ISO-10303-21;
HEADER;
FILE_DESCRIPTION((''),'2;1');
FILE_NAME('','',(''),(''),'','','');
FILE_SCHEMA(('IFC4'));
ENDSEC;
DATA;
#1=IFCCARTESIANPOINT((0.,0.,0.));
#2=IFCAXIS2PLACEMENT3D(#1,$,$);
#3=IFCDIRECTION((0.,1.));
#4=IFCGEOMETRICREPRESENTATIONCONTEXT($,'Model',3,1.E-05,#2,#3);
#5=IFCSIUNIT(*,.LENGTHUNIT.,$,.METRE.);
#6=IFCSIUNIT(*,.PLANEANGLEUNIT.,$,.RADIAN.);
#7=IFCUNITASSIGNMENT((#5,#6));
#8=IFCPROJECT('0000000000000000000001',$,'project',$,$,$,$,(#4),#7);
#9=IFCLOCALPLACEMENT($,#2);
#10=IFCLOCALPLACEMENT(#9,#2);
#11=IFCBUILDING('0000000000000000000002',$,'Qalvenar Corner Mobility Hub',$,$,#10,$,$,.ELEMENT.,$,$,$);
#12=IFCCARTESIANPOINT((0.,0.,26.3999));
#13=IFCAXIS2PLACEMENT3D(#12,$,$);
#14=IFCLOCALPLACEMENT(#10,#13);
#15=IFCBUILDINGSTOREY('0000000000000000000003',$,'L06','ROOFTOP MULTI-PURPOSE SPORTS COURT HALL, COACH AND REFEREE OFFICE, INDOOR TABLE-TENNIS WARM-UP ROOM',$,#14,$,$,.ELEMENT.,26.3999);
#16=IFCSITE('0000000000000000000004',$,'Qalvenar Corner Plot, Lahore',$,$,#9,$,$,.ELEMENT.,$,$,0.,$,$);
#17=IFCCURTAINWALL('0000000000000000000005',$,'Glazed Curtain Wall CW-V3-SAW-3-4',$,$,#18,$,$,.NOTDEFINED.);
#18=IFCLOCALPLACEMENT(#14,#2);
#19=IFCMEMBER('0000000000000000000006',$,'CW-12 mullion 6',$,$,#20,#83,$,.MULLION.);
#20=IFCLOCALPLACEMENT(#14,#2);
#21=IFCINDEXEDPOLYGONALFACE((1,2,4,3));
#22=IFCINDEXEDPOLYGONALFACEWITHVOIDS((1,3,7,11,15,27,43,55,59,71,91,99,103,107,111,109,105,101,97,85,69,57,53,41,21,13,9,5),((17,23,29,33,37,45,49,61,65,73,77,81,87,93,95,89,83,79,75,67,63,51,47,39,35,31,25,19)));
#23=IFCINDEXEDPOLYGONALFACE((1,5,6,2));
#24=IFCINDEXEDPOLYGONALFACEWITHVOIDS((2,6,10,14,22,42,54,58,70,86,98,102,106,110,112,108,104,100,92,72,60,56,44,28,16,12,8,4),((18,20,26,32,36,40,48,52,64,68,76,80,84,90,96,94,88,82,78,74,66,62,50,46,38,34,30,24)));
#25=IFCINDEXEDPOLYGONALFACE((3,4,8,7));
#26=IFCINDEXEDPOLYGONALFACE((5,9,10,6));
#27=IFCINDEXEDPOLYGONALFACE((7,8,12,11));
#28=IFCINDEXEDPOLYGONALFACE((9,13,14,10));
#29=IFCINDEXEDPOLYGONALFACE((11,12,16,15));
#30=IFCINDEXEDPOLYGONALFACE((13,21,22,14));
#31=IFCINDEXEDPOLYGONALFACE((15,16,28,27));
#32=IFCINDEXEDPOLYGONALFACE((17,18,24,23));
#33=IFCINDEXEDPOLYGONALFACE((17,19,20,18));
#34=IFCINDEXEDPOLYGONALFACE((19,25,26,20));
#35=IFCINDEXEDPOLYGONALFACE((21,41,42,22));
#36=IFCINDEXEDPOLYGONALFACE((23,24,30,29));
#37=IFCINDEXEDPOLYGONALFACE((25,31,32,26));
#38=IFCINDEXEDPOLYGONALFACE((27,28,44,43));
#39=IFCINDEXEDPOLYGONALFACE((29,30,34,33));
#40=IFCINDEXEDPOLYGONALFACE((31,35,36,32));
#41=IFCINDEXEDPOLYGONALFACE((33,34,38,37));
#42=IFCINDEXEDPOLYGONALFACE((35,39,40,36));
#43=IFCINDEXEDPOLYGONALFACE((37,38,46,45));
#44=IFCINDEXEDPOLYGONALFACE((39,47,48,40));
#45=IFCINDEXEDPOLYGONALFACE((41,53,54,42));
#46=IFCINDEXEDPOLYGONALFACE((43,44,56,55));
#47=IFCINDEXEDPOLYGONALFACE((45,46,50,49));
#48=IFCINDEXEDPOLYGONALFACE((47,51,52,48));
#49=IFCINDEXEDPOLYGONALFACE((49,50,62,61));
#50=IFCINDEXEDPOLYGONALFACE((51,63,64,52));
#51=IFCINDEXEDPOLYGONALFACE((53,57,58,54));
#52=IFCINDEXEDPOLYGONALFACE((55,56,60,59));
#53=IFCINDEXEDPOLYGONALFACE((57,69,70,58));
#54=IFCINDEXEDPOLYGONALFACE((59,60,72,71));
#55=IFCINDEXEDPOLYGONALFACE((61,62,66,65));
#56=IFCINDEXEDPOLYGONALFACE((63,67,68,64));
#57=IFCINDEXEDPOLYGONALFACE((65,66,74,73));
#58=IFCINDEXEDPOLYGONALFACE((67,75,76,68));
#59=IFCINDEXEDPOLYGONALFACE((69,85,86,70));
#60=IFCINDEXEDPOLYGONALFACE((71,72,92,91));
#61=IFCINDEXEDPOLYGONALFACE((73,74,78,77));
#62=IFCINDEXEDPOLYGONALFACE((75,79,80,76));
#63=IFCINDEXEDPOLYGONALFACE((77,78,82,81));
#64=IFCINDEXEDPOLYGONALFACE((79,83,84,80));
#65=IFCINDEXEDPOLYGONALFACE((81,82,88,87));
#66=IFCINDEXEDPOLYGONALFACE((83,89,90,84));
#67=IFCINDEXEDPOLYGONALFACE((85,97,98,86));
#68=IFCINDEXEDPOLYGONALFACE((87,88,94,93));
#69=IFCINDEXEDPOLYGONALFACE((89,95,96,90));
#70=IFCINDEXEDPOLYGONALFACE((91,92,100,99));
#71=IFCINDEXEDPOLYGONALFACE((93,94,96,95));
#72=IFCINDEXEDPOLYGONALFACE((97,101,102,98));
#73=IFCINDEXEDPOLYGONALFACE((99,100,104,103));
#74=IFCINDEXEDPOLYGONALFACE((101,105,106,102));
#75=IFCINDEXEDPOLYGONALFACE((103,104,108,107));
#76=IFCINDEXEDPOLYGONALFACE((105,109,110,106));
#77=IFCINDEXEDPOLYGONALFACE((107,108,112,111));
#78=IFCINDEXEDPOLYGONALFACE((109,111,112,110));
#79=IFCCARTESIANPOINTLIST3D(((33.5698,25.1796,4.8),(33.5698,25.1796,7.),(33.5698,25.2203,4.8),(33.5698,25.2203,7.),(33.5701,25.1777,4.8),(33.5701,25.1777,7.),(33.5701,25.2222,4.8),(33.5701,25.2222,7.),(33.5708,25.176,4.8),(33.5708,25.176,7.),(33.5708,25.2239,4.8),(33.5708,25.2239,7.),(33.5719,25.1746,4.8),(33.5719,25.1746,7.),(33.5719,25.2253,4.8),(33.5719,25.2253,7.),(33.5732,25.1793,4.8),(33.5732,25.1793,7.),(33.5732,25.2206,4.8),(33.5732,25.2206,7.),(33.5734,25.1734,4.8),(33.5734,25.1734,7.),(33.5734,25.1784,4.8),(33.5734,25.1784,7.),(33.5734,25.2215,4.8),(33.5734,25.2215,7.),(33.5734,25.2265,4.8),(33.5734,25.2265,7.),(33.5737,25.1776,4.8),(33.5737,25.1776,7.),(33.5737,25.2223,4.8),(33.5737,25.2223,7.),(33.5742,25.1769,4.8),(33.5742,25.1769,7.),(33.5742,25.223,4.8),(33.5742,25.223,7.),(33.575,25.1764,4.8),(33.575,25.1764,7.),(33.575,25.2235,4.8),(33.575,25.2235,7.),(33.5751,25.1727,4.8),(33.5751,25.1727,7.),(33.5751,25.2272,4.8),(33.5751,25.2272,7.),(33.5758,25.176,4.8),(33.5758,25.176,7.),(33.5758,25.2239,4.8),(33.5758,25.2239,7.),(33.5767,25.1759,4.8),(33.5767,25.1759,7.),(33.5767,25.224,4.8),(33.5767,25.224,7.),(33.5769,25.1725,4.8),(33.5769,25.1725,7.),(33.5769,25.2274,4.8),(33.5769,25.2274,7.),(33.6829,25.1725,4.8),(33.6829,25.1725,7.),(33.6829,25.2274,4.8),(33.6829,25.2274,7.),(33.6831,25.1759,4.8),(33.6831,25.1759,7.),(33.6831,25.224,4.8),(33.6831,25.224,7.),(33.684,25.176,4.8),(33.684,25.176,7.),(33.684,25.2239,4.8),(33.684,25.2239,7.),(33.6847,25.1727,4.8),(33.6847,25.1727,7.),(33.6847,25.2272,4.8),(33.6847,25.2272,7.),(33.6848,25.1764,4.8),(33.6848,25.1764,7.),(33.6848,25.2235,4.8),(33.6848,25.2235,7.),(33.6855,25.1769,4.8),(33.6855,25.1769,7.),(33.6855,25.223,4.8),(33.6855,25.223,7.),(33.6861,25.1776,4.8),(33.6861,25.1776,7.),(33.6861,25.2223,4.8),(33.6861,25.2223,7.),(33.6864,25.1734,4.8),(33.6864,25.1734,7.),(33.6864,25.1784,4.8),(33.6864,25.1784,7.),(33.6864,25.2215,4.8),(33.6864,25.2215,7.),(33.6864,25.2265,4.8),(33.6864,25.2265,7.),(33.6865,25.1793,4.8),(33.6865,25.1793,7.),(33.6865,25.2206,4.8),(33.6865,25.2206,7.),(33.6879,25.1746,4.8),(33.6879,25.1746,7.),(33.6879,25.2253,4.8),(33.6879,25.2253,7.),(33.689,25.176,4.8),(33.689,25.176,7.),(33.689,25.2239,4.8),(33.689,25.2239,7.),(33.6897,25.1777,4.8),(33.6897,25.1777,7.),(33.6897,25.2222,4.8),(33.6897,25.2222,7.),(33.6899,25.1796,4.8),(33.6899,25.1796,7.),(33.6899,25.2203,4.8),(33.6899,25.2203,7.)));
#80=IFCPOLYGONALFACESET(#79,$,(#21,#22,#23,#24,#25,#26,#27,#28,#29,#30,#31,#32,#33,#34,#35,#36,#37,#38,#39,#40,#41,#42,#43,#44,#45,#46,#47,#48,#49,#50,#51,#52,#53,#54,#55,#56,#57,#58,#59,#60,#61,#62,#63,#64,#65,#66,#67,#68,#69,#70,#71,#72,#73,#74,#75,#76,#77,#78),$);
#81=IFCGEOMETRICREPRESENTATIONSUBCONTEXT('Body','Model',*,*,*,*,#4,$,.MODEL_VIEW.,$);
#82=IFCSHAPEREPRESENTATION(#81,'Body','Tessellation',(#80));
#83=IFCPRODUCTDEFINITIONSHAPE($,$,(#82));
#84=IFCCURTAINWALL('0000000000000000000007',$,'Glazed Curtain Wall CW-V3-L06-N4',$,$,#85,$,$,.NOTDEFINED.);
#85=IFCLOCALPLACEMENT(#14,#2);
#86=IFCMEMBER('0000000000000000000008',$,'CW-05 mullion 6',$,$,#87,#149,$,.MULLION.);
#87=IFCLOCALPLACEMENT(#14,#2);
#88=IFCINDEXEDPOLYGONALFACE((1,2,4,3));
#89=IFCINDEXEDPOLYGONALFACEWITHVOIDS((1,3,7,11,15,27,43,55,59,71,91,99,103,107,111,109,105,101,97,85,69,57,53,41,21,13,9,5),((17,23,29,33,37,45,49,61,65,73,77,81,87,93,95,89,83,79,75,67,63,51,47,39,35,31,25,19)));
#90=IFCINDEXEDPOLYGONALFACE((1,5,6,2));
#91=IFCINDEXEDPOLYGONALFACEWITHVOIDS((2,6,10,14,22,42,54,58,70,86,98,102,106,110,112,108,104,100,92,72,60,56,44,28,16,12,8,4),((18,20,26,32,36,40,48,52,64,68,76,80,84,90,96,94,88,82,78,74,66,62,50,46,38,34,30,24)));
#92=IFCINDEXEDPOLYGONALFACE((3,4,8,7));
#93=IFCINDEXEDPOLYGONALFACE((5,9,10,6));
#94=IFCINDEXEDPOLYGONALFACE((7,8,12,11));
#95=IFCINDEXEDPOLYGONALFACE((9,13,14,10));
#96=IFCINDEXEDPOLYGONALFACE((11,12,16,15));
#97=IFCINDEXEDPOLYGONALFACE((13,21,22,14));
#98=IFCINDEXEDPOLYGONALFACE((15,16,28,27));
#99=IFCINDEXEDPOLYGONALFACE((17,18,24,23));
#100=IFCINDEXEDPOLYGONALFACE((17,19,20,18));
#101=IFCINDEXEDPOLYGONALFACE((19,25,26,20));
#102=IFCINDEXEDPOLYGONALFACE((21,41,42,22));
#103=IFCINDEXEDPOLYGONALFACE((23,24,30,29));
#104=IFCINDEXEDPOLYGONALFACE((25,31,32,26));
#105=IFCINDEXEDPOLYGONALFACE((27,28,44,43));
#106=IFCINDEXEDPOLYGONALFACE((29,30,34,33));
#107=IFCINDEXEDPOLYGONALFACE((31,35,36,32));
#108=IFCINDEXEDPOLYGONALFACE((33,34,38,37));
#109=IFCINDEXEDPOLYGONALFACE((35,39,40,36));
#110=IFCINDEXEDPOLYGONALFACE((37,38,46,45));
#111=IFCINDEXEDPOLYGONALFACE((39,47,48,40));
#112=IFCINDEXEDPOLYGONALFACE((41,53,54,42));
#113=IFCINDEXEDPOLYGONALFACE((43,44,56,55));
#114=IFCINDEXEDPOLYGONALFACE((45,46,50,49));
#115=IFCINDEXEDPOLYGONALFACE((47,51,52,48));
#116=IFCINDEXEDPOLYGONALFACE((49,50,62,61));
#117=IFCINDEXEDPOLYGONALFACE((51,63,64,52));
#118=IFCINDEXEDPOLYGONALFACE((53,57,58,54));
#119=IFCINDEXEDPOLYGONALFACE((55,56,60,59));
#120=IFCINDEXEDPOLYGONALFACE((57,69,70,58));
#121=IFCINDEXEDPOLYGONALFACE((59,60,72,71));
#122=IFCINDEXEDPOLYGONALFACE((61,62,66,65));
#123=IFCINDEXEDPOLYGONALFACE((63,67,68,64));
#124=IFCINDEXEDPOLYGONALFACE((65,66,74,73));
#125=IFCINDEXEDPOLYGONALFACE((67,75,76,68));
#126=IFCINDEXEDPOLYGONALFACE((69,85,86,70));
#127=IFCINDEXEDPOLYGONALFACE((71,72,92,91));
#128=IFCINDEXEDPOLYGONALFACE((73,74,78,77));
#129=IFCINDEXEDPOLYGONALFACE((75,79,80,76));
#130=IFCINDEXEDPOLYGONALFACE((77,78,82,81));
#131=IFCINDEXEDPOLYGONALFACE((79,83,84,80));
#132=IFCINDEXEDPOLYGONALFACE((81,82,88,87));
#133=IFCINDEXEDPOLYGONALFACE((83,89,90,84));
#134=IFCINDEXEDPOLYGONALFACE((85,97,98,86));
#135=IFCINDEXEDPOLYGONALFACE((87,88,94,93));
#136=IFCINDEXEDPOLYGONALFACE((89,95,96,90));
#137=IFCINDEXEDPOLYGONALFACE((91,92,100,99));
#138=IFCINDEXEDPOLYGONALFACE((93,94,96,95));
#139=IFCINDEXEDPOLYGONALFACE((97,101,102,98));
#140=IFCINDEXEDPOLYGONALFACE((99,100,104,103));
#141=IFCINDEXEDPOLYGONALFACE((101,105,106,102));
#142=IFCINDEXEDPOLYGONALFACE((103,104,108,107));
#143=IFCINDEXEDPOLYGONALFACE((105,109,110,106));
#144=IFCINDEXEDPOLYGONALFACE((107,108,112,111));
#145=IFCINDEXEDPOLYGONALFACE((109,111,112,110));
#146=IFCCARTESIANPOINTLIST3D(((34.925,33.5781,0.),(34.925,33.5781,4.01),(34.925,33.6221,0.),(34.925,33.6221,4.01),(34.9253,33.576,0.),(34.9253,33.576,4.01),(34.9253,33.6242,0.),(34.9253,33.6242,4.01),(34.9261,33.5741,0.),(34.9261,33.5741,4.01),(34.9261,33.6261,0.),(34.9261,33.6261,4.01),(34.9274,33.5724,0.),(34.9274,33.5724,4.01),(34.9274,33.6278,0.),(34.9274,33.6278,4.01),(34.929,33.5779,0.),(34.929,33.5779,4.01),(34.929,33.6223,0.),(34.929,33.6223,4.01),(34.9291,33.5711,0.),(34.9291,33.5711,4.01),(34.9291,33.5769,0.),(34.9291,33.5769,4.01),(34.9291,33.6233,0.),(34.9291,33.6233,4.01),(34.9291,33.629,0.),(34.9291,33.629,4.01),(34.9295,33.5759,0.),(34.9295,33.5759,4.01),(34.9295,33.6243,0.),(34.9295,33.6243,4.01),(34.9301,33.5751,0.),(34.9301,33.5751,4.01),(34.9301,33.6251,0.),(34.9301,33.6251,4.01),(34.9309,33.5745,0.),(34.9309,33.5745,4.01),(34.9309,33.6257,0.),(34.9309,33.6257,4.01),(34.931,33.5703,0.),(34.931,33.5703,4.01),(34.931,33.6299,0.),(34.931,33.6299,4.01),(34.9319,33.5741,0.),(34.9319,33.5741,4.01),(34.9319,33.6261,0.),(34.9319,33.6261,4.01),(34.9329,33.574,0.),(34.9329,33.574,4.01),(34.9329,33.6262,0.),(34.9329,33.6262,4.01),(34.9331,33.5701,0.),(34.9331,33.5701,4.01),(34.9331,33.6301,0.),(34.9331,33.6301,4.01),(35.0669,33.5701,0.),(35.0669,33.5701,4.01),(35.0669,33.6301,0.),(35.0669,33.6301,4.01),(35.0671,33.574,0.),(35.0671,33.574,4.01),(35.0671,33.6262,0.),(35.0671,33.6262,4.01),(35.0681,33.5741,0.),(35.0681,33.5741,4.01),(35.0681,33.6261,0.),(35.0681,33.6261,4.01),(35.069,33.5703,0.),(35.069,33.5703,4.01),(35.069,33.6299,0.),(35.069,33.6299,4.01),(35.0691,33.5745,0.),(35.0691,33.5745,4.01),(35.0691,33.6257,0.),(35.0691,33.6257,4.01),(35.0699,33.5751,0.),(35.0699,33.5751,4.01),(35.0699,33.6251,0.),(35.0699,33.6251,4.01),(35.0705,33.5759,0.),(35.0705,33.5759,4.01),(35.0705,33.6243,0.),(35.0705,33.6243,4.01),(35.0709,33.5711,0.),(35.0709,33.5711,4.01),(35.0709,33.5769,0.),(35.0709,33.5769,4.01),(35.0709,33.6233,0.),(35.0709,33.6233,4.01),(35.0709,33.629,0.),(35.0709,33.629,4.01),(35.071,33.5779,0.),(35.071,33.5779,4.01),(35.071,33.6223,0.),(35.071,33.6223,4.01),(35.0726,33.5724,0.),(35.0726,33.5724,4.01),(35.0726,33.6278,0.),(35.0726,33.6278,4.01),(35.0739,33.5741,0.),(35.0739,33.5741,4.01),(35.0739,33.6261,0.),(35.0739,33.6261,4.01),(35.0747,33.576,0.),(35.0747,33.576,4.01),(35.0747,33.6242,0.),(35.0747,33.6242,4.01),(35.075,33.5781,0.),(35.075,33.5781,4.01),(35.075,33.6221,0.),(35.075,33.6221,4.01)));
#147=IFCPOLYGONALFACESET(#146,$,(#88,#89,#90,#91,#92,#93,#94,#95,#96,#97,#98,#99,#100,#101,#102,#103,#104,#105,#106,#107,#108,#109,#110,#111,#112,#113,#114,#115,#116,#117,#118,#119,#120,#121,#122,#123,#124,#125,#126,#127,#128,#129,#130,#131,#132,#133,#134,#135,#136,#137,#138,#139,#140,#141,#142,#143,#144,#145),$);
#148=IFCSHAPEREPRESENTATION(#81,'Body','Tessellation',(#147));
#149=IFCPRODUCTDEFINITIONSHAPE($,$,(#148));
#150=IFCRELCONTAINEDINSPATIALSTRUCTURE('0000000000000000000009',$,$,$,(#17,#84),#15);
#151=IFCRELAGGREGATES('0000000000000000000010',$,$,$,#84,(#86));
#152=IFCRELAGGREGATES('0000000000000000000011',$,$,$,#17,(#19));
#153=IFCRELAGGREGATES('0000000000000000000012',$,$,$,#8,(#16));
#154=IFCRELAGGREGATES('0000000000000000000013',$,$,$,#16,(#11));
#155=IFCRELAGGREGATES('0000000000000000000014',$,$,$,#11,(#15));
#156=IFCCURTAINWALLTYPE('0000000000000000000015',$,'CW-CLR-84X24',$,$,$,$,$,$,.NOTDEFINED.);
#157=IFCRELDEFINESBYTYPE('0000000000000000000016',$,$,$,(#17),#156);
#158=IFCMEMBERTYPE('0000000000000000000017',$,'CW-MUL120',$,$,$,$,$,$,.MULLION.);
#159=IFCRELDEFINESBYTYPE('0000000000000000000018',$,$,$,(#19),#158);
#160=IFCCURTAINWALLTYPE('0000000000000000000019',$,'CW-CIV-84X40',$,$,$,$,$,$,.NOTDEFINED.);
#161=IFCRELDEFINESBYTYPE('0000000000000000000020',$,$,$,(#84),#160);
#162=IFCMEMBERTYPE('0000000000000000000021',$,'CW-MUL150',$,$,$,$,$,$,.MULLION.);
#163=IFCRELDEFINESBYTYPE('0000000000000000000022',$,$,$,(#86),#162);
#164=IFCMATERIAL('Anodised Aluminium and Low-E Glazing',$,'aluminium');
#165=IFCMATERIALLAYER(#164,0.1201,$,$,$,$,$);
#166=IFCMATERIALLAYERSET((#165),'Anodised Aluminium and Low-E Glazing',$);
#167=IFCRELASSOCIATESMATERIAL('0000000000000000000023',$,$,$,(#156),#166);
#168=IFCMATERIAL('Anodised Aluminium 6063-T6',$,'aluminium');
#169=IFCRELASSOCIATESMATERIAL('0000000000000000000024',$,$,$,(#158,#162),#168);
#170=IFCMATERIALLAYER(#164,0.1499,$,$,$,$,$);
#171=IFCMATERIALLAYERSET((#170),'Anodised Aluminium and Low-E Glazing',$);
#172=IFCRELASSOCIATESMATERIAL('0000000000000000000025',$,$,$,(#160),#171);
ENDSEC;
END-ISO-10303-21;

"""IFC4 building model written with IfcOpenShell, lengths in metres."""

from ifc_helpers import new_model, si_unit, direction, frame, origin, origin_2d, place, context, subcontext, project, spatial, hollow_rectangle, extrude, material, layer, layer_set, material_profile, profile_set, type_object, element, aggregate, save


model = new_model("IFC4")

# Units and contexts
model_context = context("Model", 3, precision=1e-05, world=origin(), true_north=direction((0.0, 1.0)))
body_context = subcontext(model_context, "Body", "Model", "MODEL_VIEW")
ifc_project = project(units=[si_unit("LENGTHUNIT", "METRE"), si_unit("PLANEANGLEUNIT", "RADIAN")], contexts=[model_context])

# Site, building, storey
site_placement = place(None, origin())
site = spatial("IfcSite", under=ifc_project, at=site_placement, Name="Qalvenar Corner Plot, Lahore", CompositionType="ELEMENT", RefElevation=0.0)
building_placement = place(site_placement, origin())
building = spatial("IfcBuilding", under=site, at=building_placement, Name="Qalvenar Corner Mobility Hub", CompositionType="ELEMENT")
storey_placement = place(building_placement, frame((0.0, 0.0, 26.3999)))
storey = spatial("IfcBuildingStorey", under=building, at=storey_placement, Name="L06", Description="ROOFTOP MULTI-PURPOSE SPORTS COURT HALL, COACH AND REFEREE OFFICE, INDOOR TABLE-TENNIS WARM-UP ROOM", CompositionType="ELEMENT", Elevation=26.3999)

# Curtain walls, members
ifc_material_1 = material(Name="Anodised Aluminium and Low-E Glazing", Category="aluminium")
ifc_layer_1 = layer(ifc_material_1, 0.1201)
ifc_layer_set_1 = layer_set([ifc_layer_1], Name="Anodised Aluminium and Low-E Glazing")
curtain_wall_type_1 = type_object("IfcCurtainWallType", Name="CW-CLR-84X24", PredefinedType="NOTDEFINED", material=ifc_layer_set_1)
curtain_wall_1_placement = place(storey_placement, origin())
curtain_wall_1 = element("IfcCurtainWall", 1, at=curtain_wall_1_placement, inside=storey, type_object=curtain_wall_type_1, Name="Glazed Curtain Wall CW-V3-SAW-3-4", PredefinedType="NOTDEFINED")
ifc_material_2 = material(Name="Anodised Aluminium 6063-T6", Category="aluminium")
ifc_material_profile_1 = material_profile(ifc_material_2, hollow_rectangle(XDim=0.0549, YDim=0.1201, WallThickness=0.0034, InnerFilletRadius=0.0034, OuterFilletRadius=0.0071, at=origin_2d()), Name="RHS120x55x3.5")
ifc_profile_set_1 = profile_set([ifc_material_profile_1], Name="Anodised Aluminium 6063-T6")
member_type_1 = type_object("IfcMemberType", Name="CW-MUL120", PredefinedType="MULLION", material=ifc_profile_set_1)
member_1_placement = place(storey_placement, frame((33.6299, 25.2, 4.8), z_axis=(0.0, 0.0, 1.0), x_axis=(0.0, -1.0, 0.0)))
member_1 = element("IfcMember", 2, at=member_1_placement, type_object=member_type_1, Name="CW-12 mullion 6", PredefinedType="MULLION", context=body_context, shape_type="SweptSolid", body=[
    extrude(hollow_rectangle(XDim=0.0549, YDim=0.1201, WallThickness=0.0034, InnerFilletRadius=0.0034, OuterFilletRadius=0.0071, at=origin_2d()), origin(), (0.0, 0.0, 1.0), 2.2),
])
ifc_layer_2 = layer(ifc_material_1, 0.1499)
ifc_layer_set_2 = layer_set([ifc_layer_2], Name="Anodised Aluminium and Low-E Glazing")
curtain_wall_type_2 = type_object("IfcCurtainWallType", Name="CW-CIV-84X40", PredefinedType="NOTDEFINED", material=ifc_layer_set_2)
curtain_wall_2_placement = place(storey_placement, origin())
curtain_wall_2 = element("IfcCurtainWall", 3, at=curtain_wall_2_placement, inside=storey, type_object=curtain_wall_type_2, Name="Glazed Curtain Wall CW-V3-L06-N4", PredefinedType="NOTDEFINED")
ifc_material_profile_2 = material_profile(ifc_material_2, hollow_rectangle(XDim=0.0601, YDim=0.1499, WallThickness=0.0039, InnerFilletRadius=0.0039, OuterFilletRadius=0.0081, at=origin_2d()), Name="RHS150x60x4")
ifc_profile_set_2 = profile_set([ifc_material_profile_2], Name="Anodised Aluminium 6063-T6")
member_type_2 = type_object("IfcMemberType", Name="CW-MUL150", PredefinedType="MULLION", material=ifc_profile_set_2)
member_2_placement = place(storey_placement, frame((35.0, 33.6001, 0.0), z_axis=(0.0, 0.0, 1.0), x_axis=(0.0, -1.0, 0.0)))
member_2 = element("IfcMember", 4, at=member_2_placement, type_object=member_type_2, Name="CW-05 mullion 6", PredefinedType="MULLION", context=body_context, shape_type="SweptSolid", body=[
    extrude(hollow_rectangle(XDim=0.0601, YDim=0.1499, WallThickness=0.0039, InnerFilletRadius=0.0039, OuterFilletRadius=0.0081, at=origin_2d()), origin(), (0.0, 0.0, 1.0), 4.01),
])

aggregate(curtain_wall_2, [member_2])
aggregate(curtain_wall_1, [member_1])

save(model, "model.ifc")
